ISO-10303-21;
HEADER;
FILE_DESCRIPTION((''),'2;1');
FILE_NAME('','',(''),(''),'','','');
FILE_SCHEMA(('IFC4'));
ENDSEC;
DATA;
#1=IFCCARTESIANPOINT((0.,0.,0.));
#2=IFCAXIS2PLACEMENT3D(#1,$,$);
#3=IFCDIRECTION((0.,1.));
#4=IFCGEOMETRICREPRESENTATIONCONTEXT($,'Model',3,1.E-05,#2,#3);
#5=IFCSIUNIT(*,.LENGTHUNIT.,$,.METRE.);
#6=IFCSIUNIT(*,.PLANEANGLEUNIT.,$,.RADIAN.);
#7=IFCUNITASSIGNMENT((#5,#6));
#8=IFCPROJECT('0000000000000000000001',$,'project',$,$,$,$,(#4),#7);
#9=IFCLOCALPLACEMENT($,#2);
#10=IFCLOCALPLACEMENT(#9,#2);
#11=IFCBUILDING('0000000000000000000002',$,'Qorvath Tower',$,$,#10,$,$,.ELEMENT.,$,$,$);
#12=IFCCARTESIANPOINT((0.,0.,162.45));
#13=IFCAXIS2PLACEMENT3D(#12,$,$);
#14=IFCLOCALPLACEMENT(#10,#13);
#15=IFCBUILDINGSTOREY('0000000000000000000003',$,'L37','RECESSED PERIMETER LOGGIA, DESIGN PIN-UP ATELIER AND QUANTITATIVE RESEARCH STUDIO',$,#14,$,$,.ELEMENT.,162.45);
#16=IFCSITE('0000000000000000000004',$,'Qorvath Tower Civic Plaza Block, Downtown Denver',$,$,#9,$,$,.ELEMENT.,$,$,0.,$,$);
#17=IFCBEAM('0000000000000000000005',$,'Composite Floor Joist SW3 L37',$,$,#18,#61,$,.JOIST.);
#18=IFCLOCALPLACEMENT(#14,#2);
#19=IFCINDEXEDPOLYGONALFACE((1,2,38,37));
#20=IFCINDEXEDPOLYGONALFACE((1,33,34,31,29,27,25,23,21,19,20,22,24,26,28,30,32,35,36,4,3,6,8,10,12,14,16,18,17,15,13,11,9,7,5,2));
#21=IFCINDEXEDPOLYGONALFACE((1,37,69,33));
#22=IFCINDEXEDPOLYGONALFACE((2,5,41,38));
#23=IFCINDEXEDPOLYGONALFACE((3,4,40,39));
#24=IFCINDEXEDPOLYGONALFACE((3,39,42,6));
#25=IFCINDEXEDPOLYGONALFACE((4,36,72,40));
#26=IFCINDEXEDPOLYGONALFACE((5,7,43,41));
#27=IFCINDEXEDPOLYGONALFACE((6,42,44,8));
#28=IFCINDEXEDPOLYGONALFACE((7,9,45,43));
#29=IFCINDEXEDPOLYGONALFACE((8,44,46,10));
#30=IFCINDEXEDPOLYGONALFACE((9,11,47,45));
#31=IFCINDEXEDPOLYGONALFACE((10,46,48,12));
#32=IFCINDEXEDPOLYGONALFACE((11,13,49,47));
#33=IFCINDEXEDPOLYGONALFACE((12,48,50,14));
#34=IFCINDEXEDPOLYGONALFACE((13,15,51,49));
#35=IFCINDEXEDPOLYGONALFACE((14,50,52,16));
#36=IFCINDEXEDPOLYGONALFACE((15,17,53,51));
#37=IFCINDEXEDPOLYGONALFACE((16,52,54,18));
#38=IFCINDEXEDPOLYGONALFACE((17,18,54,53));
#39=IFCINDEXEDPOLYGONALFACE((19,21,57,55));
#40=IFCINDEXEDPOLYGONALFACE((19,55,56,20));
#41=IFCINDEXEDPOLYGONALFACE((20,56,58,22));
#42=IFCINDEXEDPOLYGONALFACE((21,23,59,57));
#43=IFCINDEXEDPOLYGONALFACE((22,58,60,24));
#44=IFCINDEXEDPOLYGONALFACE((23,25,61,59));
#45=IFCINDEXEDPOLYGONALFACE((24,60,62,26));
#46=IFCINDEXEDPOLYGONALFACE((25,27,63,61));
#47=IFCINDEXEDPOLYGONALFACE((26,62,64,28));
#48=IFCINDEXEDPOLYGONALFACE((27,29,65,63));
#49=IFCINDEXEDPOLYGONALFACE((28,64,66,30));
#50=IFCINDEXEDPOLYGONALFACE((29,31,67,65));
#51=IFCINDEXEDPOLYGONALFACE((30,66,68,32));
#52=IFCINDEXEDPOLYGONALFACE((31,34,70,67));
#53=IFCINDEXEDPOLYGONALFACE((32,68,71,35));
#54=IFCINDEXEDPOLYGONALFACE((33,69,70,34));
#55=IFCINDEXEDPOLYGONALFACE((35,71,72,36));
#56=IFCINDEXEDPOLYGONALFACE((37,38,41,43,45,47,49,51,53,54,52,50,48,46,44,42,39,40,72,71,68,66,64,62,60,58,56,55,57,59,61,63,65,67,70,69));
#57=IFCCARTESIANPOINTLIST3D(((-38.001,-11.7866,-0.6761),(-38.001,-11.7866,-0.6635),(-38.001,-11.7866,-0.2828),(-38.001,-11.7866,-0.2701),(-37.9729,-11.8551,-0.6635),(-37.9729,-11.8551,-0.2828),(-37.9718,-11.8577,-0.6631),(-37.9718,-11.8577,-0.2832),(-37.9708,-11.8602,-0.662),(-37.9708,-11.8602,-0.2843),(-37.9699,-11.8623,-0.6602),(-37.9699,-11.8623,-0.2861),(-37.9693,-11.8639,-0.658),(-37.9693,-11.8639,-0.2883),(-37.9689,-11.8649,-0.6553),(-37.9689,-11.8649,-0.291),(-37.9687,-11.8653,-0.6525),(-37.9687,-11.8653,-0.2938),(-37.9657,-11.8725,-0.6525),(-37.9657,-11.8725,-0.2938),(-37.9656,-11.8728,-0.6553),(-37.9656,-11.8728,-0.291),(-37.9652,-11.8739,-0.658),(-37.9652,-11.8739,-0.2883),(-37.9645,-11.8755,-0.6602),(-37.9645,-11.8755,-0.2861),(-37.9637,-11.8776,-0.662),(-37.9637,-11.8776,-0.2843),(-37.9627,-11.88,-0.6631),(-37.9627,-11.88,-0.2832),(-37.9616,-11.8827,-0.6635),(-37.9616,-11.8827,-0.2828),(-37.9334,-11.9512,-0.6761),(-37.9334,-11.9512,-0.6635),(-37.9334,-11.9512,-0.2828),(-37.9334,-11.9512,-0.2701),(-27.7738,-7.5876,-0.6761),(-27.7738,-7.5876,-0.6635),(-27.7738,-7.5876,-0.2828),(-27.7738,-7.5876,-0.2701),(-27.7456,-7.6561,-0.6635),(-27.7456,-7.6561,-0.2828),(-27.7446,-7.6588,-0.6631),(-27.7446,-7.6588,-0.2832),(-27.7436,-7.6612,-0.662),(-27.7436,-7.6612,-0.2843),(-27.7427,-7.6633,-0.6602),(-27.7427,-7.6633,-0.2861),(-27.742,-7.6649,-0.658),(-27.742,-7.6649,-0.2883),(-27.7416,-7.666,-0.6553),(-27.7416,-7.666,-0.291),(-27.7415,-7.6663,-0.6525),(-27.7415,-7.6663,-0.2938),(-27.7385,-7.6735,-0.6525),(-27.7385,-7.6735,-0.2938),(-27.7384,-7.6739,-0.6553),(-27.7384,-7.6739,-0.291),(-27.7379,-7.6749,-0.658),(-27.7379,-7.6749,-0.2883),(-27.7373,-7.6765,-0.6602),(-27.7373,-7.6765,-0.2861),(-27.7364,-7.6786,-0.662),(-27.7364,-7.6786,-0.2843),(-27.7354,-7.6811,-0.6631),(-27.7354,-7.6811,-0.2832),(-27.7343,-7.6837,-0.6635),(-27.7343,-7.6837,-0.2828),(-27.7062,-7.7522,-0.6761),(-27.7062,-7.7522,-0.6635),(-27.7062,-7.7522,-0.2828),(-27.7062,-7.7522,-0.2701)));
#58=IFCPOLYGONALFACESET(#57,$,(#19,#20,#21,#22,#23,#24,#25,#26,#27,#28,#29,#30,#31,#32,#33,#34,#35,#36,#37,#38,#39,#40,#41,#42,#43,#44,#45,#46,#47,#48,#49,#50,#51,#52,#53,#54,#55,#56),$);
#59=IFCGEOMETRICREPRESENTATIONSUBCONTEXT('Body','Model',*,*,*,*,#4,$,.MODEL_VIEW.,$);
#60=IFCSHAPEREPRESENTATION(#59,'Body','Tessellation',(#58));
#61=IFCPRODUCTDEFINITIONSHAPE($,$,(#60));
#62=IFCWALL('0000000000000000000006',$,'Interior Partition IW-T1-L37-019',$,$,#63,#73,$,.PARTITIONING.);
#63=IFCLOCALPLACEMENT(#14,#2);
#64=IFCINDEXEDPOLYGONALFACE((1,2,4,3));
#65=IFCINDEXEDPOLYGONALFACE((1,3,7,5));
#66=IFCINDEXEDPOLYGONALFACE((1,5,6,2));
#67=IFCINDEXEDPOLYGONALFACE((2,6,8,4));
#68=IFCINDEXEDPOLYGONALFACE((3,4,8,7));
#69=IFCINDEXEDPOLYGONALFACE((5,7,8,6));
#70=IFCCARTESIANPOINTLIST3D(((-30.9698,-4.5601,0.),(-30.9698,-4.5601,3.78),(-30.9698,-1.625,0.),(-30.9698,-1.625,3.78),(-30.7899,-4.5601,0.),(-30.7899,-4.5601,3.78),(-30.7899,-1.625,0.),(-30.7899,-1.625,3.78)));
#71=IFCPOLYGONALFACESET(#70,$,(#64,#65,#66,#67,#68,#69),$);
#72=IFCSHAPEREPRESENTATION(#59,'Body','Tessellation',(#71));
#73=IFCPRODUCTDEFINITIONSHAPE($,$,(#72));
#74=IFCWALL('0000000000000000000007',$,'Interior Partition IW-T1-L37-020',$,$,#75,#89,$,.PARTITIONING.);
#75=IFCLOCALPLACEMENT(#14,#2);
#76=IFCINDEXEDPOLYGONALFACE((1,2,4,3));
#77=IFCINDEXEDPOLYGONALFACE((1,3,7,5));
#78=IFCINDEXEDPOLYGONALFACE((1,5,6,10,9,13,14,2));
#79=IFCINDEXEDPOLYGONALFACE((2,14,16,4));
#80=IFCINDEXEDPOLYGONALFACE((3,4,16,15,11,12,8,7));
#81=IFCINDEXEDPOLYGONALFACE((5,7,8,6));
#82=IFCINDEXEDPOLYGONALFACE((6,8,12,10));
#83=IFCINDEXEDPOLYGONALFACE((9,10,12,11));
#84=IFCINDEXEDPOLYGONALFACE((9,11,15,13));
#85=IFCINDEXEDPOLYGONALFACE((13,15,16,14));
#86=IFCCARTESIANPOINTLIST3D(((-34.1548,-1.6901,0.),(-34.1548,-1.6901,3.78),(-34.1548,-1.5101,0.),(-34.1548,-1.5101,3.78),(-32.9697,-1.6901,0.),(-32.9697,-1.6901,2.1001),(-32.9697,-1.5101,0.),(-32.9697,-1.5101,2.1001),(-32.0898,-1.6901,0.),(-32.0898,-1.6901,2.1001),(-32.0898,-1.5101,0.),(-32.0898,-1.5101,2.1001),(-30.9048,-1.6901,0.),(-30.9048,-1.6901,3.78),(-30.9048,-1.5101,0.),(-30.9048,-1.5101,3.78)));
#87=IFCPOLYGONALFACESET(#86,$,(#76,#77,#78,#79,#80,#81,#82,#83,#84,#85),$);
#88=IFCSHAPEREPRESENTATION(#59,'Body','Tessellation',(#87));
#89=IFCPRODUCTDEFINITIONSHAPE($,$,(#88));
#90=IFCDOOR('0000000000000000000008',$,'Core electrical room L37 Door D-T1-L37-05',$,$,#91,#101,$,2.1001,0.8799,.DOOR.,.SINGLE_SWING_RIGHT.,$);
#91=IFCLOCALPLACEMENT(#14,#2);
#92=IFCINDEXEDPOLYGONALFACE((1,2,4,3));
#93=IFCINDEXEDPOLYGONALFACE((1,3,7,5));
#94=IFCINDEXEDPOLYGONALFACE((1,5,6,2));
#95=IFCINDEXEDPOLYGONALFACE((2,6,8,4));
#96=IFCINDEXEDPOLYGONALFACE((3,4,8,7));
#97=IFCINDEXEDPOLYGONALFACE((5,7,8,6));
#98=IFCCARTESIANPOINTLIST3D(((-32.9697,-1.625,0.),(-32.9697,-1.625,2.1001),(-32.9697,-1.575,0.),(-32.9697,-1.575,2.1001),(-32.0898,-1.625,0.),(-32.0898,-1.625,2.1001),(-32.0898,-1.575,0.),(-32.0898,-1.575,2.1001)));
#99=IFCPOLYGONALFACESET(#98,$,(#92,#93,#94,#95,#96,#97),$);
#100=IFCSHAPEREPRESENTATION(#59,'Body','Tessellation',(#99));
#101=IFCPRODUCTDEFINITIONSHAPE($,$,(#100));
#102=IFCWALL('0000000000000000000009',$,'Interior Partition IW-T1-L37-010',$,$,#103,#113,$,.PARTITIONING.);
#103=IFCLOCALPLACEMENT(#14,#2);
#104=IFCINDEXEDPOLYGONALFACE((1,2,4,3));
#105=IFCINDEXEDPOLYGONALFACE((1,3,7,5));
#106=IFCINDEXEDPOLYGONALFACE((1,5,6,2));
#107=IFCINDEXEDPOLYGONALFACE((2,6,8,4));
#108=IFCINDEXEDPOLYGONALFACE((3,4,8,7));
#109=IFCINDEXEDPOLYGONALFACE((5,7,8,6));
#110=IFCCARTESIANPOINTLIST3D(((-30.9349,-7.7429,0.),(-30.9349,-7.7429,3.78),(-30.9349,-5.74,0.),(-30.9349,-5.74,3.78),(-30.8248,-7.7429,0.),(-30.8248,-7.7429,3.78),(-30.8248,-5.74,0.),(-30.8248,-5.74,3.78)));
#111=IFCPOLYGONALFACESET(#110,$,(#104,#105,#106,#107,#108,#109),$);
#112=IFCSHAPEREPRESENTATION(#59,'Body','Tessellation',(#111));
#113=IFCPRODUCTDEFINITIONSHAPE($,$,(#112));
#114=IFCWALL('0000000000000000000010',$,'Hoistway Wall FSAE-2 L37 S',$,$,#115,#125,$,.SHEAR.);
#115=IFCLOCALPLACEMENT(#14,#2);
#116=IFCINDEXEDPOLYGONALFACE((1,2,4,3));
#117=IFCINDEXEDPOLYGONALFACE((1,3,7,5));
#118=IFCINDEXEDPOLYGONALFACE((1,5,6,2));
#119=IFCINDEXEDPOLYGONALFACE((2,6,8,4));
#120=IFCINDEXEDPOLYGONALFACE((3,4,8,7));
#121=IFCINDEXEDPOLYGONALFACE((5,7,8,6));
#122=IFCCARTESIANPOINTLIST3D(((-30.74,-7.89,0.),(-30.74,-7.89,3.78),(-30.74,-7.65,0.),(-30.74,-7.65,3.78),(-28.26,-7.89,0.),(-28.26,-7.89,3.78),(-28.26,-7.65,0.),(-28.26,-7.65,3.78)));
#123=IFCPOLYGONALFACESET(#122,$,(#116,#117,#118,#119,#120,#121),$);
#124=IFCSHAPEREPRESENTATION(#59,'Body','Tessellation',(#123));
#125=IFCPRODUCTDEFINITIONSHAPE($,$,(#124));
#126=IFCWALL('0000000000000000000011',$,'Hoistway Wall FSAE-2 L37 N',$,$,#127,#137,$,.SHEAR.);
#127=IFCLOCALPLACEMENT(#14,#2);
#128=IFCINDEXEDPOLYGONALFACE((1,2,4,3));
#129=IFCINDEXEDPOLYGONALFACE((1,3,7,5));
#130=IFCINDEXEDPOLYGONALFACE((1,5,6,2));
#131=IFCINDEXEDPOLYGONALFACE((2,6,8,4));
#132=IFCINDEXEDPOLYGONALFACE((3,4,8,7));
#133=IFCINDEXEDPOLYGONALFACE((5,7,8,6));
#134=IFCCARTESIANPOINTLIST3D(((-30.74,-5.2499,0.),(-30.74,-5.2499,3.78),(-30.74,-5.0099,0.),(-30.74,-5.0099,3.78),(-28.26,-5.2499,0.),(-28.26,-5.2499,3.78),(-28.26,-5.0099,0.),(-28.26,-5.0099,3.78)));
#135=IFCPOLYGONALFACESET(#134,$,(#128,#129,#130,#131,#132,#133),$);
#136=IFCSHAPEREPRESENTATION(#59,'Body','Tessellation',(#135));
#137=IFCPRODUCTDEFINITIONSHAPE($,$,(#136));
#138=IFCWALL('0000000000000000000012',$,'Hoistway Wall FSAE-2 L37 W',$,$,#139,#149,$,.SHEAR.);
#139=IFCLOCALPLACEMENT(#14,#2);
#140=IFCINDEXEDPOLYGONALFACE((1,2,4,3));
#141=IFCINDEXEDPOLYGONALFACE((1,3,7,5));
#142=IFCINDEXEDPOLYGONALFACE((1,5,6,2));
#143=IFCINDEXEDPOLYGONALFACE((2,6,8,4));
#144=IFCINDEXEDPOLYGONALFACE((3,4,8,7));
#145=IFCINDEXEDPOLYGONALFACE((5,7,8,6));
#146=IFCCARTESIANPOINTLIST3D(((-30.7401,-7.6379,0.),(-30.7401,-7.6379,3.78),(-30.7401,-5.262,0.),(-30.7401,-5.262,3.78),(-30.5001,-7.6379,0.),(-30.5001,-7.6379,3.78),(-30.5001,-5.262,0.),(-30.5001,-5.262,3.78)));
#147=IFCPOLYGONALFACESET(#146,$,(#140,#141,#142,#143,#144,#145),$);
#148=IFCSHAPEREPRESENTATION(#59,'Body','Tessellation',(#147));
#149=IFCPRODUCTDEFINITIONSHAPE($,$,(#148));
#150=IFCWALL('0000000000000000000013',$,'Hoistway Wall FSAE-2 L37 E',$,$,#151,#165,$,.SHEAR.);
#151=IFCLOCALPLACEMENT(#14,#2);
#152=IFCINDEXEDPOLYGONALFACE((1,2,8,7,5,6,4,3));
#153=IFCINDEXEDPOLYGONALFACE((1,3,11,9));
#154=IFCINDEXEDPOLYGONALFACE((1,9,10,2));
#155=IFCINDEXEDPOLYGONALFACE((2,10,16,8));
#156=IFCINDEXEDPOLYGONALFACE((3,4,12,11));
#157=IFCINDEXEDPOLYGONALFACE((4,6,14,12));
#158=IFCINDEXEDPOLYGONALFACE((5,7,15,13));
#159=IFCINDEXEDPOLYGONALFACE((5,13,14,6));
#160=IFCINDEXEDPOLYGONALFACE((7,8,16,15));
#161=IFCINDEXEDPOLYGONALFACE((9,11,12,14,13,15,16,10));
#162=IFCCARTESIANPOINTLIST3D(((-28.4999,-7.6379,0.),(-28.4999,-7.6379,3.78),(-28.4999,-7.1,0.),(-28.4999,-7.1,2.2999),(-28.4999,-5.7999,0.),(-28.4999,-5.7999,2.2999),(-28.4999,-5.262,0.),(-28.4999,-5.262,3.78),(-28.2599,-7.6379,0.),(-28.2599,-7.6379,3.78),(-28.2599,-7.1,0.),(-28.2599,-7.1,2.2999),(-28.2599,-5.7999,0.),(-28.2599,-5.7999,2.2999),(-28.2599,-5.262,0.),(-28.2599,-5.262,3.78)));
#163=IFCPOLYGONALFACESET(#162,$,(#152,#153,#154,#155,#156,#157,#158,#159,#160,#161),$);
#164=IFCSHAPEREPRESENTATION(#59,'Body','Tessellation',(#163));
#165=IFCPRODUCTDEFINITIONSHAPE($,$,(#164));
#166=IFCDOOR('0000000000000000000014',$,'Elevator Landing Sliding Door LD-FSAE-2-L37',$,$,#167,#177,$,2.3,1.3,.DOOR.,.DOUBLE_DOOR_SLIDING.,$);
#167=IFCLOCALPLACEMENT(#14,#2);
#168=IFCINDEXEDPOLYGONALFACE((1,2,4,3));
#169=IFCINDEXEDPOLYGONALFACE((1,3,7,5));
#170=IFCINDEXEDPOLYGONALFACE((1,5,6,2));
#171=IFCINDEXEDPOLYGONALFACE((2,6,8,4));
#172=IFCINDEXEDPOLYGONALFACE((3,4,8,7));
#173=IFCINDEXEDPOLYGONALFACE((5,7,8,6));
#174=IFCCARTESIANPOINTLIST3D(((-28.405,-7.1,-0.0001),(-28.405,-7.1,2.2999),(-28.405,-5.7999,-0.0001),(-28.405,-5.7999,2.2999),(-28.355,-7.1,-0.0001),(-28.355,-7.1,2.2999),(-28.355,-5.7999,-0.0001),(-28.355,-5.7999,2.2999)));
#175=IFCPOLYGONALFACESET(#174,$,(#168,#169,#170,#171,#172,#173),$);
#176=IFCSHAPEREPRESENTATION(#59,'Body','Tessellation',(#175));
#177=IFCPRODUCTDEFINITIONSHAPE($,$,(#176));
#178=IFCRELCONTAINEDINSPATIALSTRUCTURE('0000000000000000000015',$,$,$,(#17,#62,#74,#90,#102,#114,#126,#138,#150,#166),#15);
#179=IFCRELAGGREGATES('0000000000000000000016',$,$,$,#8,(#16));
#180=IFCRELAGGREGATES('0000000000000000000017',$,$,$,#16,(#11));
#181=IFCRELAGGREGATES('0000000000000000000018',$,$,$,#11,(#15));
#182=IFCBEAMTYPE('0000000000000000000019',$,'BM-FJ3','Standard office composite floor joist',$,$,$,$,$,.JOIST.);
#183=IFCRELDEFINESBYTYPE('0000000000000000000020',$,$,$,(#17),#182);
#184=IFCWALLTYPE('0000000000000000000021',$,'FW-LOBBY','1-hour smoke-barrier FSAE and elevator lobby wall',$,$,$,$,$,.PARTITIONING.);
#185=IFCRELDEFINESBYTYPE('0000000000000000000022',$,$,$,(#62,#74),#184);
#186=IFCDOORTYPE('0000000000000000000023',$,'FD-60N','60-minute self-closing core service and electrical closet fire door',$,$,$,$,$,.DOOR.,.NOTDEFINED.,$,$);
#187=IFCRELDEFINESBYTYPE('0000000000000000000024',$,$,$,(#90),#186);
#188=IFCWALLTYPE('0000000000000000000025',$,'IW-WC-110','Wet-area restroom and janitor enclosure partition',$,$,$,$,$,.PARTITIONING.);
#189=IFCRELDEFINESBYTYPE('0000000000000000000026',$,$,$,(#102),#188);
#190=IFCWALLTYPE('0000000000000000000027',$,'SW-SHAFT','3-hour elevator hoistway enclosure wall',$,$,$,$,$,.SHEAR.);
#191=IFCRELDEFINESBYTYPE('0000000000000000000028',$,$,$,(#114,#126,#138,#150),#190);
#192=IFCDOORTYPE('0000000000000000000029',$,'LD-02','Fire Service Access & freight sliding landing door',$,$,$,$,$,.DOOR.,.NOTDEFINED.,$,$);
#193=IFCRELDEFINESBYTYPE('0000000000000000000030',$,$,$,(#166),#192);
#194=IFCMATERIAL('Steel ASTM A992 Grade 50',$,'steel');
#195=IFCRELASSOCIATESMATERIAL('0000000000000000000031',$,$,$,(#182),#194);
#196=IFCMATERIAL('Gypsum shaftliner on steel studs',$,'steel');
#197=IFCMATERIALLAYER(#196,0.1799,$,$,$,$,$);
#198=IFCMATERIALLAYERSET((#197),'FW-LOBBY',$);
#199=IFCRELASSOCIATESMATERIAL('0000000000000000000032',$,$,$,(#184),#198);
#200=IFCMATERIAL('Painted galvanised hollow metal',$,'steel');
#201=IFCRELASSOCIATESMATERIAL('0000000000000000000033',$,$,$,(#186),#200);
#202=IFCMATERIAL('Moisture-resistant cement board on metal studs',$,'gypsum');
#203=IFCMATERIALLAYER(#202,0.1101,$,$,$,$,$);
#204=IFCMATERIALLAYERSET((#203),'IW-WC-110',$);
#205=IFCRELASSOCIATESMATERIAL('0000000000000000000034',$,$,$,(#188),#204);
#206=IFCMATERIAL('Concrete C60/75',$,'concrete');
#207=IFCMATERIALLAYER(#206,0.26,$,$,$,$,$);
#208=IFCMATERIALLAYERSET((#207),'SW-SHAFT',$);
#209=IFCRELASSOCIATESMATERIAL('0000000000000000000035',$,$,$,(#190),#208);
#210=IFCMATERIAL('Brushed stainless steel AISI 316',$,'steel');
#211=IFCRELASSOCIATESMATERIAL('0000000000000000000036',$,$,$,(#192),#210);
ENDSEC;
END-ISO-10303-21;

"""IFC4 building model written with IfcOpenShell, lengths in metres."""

from ifc_helpers import new_model, si_unit, direction, frame, frame_2d, origin, origin_2d, place, context, subcontext, project, spatial, rectangle, i_section, extrude, material, layer, layer_set, material_profile, profile_set, type_object, element, fill, save


model = new_model("IFC4")

# Units and contexts
model_context = context("Model", 3, precision=1e-05, world=origin(), true_north=direction((0.0, 1.0)))
body_context = subcontext(model_context, "Body", "Model", "MODEL_VIEW")
ifc_project = project(units=[si_unit("LENGTHUNIT", "METRE"), si_unit("PLANEANGLEUNIT", "RADIAN")], contexts=[model_context])

# Site, building, storey
site_placement = place(None, origin())
site = spatial("IfcSite", under=ifc_project, at=site_placement, Name="Qorvath Tower Civic Plaza Block, Downtown Denver", CompositionType="ELEMENT", RefElevation=0.0)
building_placement = place(site_placement, origin())
building = spatial("IfcBuilding", under=site, at=building_placement, Name="Qorvath Tower", CompositionType="ELEMENT")
storey_placement = place(building_placement, frame((0.0, 0.0, 162.45)))
storey = spatial("IfcBuildingStorey", under=building, at=storey_placement, Name="L37", Description="RECESSED PERIMETER LOGGIA, DESIGN PIN-UP ATELIER AND QUANTITATIVE RESEARCH STUDIO", CompositionType="ELEMENT", Elevation=162.45)

# Beam
ifc_material_1 = material(Name="Steel ASTM A992 Grade 50", Category="steel")
ifc_material_profile_1 = material_profile(ifc_material_1, i_section(OverallWidth=0.178, OverallDepth=0.406, WebThickness=0.0078, FlangeThickness=0.0127, FilletRadius=0.011, at=origin_2d()), Name="W16x40")
ifc_profile_set_1 = profile_set([ifc_material_profile_1], Name="Steel ASTM A992 Grade 50")
beam_type_1 = type_object("IfcBeamType", Name="BM-FJ3", Description="Standard office composite floor joist", PredefinedType="JOIST", material=ifc_profile_set_1)
beam_1_placement = place(storey_placement, frame((-27.74, -7.6699, -0.4731), z_axis=(-0.925068, -0.379801, 0.0), x_axis=(0.379801, -0.925068, 0.0)))
element("IfcBeam", 1, at=beam_1_placement, inside=storey, type_object=beam_type_1, Name="Composite Floor Joist SW3 L37", PredefinedType="JOIST", context=body_context, shape_type="SweptSolid", body=[
    extrude(i_section(OverallWidth=0.178, OverallDepth=0.406, WebThickness=0.0078, FlangeThickness=0.0127, FilletRadius=0.011, at=origin_2d()), origin(), (0.0, 0.0, 1.0), 11.0557),
])

# Shared definitions
ifc_material_2 = material(Name="Gypsum shaftliner on steel studs", Category="steel")
ifc_layer_1 = layer(ifc_material_2, 0.1799)
ifc_layer_set_1 = layer_set([ifc_layer_1], Name="FW-LOBBY")
wall_type_1 = type_object("IfcWallType", Name="FW-LOBBY", Description="1-hour smoke-barrier FSAE and elevator lobby wall", PredefinedType="PARTITIONING", material=ifc_layer_set_1)

# Wall
wall_1_placement = place(storey_placement, frame((-30.8799, -4.5601, 0.0), z_axis=(0.0, 0.0, 1.0), x_axis=(0.0, 1.0, 0.0)))
element("IfcWall", 2, at=wall_1_placement, inside=storey, type_object=wall_type_1, Name="Interior Partition IW-T1-L37-019", PredefinedType="PARTITIONING", context=body_context, shape_type="SweptSolid", body=[
    extrude(rectangle(XDim=2.9351, YDim=0.1799, at=frame_2d((1.4675, 0.0))), origin(), (0.0, 0.0, 1.0), 3.78),
])

# Wall, opening, door
wall_2_placement = place(storey_placement, frame((-30.9048, -1.6001, 0.0), z_axis=(0.0, 0.0, 1.0), x_axis=(-1.0, 0.0, 0.0)))
wall_2 = element("IfcWall", 3, at=wall_2_placement, inside=storey, type_object=wall_type_1, Name="Interior Partition IW-T1-L37-020", PredefinedType="PARTITIONING", context=body_context, shape_type="SweptSolid", body=[
    extrude(rectangle(XDim=3.25, YDim=0.1799, at=frame_2d((1.625, 0.0))), origin(), (0.0, 0.0, 1.0), 3.78),
])
opening_1_placement = place(wall_2_placement, frame((1.1851, 0.0, 0.0)))
opening_1 = element("IfcOpeningElement", 4, at=opening_1_placement, cuts=wall_2, PredefinedType="OPENING", context=body_context, shape_type="SweptSolid", body=[
    extrude(rectangle(XDim=0.8799, YDim=2.1001, at=frame_2d((0.4399, 1.05))), frame((0.0, 0.1001, 0.0), z_axis=(0.0, -1.0, 0.0), x_axis=(1.0, 0.0, 0.0)), (0.0, 0.0, 1.0), 0.2),
])
ifc_material_3 = material(Name="Painted galvanised hollow metal", Category="steel")
door_type_1 = type_object("IfcDoorType", Name="FD-60N", Description="60-minute self-closing core service and electrical closet fire door", OperationType="NOTDEFINED", PredefinedType="DOOR", material=ifc_material_3)
door_1_placement = place(opening_1_placement, origin())
door_1 = element("IfcDoor", 5, at=door_1_placement, inside=storey, type_object=door_type_1, Name="Core electrical room L37 Door D-T1-L37-05", OperationType="SINGLE_SWING_RIGHT", OverallHeight=2.1001, OverallWidth=0.8799, PredefinedType="DOOR", context=body_context, shape_type="SweptSolid", body=[
    extrude(rectangle(XDim=0.8799, YDim=2.1001, at=frame_2d((0.4399, 1.05))), frame((0.0, 0.0249, 0.0), z_axis=(0.0, -1.0, 0.0), x_axis=(1.0, 0.0, 0.0)), (0.0, 0.0, 1.0), 0.05),
])
fill(opening_1, door_1)

# Walls
ifc_material_4 = material(Name="Moisture-resistant cement board on metal studs", Category="gypsum")
ifc_layer_2 = layer(ifc_material_4, 0.1101)
ifc_layer_set_2 = layer_set([ifc_layer_2], Name="IW-WC-110")
wall_type_2 = type_object("IfcWallType", Name="IW-WC-110", Description="Wet-area restroom and janitor enclosure partition", PredefinedType="PARTITIONING", material=ifc_layer_set_2)
wall_3_placement = place(storey_placement, frame((-30.8799, -7.7429, 0.0), z_axis=(0.0, 0.0, 1.0), x_axis=(0.0, 1.0, 0.0)))
element("IfcWall", 6, at=wall_3_placement, inside=storey, type_object=wall_type_2, Name="Interior Partition IW-T1-L37-010", PredefinedType="PARTITIONING", context=body_context, shape_type="SweptSolid", body=[
    extrude(rectangle(XDim=2.0029, YDim=0.1101, at=frame_2d((1.0015, 0.0))), origin(), (0.0, 0.0, 1.0), 3.78),
])
ifc_material_5 = material(Name="Concrete C60/75", Category="concrete")
ifc_layer_3 = layer(ifc_material_5, 0.26)
ifc_layer_set_3 = layer_set([ifc_layer_3], Name="SW-SHAFT")
wall_type_3 = type_object("IfcWallType", Name="SW-SHAFT", Description="3-hour elevator hoistway enclosure wall", PredefinedType="SHEAR", material=ifc_layer_set_3)
for number, where, z_axis, x_axis, name in (
    (7, (-28.26, -7.77, 0.0), (0.0, 0.0, 1.0), (-1.0, 0.0, 0.0), "Hoistway Wall FSAE-2 L37 S"),
    (8, (-30.74, -5.1299, 0.0), (0.0, 0.0, 1.0), (1.0, 0.0, 0.0), "Hoistway Wall FSAE-2 L37 N"),
):
    element("IfcWall", number, at=place(storey_placement, frame(where, z_axis=z_axis, x_axis=x_axis)), inside=storey, type_object=wall_type_3, Name=name, PredefinedType="SHEAR", context=body_context, shape_type="SweptSolid", body=[
        extrude(rectangle(XDim=2.48, YDim=0.24, at=frame_2d((1.24, 0.0))), origin(), (0.0, 0.0, 1.0), 3.78),
    ])
wall_4_placement = place(storey_placement, frame((-30.6201, -7.6379, 0.0), z_axis=(0.0, 0.0, 1.0), x_axis=(0.0, 1.0, 0.0)))
element("IfcWall", 9, at=wall_4_placement, inside=storey, type_object=wall_type_3, Name="Hoistway Wall FSAE-2 L37 W", PredefinedType="SHEAR", context=body_context, shape_type="SweptSolid", body=[
    extrude(rectangle(XDim=2.376, YDim=0.24, at=frame_2d((1.188, 0.0))), origin(), (0.0, 0.0, 1.0), 3.78),
])

# Wall, opening, door
wall_5_placement = place(storey_placement, frame((-28.3799, -5.262, 0.0), z_axis=(0.0, 0.0, 1.0), x_axis=(0.0, -1.0, 0.0)))
wall_5 = element("IfcWall", 10, at=wall_5_placement, inside=storey, type_object=wall_type_3, Name="Hoistway Wall FSAE-2 L37 E", PredefinedType="SHEAR", context=body_context, shape_type="SweptSolid", body=[
    extrude(rectangle(XDim=2.376, YDim=0.24, at=frame_2d((1.188, 0.0))), origin(), (0.0, 0.0, 1.0), 3.78),
])
opening_2_placement = place(wall_5_placement, frame((0.5381, 0.0, 0.0)))
opening_2 = element("IfcOpeningElement", 11, at=opening_2_placement, cuts=wall_5, PredefinedType="OPENING", context=body_context, shape_type="SweptSolid", body=[
    extrude(rectangle(XDim=1.3, YDim=2.3, at=frame_2d((0.6499, 1.1499))), frame((0.0, 0.1299, 0.0), z_axis=(0.0, -1.0, 0.0), x_axis=(1.0, 0.0, 0.0)), (0.0, 0.0, 1.0), 0.26),
])
ifc_material_6 = material(Name="Brushed stainless steel AISI 316", Category="steel")
door_type_2 = type_object("IfcDoorType", Name="LD-02", Description="Fire Service Access & freight sliding landing door", OperationType="NOTDEFINED", PredefinedType="DOOR", material=ifc_material_6)
door_2_placement = place(opening_2_placement, origin())
door_2 = element("IfcDoor", 12, at=door_2_placement, inside=storey, type_object=door_type_2, Name="Elevator Landing Sliding Door LD-FSAE-2-L37", OperationType="DOUBLE_DOOR_SLIDING", OverallHeight=2.3, OverallWidth=1.3, PredefinedType="DOOR", context=body_context, shape_type="SweptSolid", body=[
    extrude(rectangle(XDim=1.3, YDim=2.3, at=frame_2d((0.6499, 1.1499))), frame((0.0, 0.0249, 0.0), z_axis=(0.0, -1.0, 0.0), x_axis=(1.0, 0.0, 0.0)), (0.0, 0.0, 1.0), 0.05),
])
fill(opening_2, door_2)

save(model, "model.ifc")
